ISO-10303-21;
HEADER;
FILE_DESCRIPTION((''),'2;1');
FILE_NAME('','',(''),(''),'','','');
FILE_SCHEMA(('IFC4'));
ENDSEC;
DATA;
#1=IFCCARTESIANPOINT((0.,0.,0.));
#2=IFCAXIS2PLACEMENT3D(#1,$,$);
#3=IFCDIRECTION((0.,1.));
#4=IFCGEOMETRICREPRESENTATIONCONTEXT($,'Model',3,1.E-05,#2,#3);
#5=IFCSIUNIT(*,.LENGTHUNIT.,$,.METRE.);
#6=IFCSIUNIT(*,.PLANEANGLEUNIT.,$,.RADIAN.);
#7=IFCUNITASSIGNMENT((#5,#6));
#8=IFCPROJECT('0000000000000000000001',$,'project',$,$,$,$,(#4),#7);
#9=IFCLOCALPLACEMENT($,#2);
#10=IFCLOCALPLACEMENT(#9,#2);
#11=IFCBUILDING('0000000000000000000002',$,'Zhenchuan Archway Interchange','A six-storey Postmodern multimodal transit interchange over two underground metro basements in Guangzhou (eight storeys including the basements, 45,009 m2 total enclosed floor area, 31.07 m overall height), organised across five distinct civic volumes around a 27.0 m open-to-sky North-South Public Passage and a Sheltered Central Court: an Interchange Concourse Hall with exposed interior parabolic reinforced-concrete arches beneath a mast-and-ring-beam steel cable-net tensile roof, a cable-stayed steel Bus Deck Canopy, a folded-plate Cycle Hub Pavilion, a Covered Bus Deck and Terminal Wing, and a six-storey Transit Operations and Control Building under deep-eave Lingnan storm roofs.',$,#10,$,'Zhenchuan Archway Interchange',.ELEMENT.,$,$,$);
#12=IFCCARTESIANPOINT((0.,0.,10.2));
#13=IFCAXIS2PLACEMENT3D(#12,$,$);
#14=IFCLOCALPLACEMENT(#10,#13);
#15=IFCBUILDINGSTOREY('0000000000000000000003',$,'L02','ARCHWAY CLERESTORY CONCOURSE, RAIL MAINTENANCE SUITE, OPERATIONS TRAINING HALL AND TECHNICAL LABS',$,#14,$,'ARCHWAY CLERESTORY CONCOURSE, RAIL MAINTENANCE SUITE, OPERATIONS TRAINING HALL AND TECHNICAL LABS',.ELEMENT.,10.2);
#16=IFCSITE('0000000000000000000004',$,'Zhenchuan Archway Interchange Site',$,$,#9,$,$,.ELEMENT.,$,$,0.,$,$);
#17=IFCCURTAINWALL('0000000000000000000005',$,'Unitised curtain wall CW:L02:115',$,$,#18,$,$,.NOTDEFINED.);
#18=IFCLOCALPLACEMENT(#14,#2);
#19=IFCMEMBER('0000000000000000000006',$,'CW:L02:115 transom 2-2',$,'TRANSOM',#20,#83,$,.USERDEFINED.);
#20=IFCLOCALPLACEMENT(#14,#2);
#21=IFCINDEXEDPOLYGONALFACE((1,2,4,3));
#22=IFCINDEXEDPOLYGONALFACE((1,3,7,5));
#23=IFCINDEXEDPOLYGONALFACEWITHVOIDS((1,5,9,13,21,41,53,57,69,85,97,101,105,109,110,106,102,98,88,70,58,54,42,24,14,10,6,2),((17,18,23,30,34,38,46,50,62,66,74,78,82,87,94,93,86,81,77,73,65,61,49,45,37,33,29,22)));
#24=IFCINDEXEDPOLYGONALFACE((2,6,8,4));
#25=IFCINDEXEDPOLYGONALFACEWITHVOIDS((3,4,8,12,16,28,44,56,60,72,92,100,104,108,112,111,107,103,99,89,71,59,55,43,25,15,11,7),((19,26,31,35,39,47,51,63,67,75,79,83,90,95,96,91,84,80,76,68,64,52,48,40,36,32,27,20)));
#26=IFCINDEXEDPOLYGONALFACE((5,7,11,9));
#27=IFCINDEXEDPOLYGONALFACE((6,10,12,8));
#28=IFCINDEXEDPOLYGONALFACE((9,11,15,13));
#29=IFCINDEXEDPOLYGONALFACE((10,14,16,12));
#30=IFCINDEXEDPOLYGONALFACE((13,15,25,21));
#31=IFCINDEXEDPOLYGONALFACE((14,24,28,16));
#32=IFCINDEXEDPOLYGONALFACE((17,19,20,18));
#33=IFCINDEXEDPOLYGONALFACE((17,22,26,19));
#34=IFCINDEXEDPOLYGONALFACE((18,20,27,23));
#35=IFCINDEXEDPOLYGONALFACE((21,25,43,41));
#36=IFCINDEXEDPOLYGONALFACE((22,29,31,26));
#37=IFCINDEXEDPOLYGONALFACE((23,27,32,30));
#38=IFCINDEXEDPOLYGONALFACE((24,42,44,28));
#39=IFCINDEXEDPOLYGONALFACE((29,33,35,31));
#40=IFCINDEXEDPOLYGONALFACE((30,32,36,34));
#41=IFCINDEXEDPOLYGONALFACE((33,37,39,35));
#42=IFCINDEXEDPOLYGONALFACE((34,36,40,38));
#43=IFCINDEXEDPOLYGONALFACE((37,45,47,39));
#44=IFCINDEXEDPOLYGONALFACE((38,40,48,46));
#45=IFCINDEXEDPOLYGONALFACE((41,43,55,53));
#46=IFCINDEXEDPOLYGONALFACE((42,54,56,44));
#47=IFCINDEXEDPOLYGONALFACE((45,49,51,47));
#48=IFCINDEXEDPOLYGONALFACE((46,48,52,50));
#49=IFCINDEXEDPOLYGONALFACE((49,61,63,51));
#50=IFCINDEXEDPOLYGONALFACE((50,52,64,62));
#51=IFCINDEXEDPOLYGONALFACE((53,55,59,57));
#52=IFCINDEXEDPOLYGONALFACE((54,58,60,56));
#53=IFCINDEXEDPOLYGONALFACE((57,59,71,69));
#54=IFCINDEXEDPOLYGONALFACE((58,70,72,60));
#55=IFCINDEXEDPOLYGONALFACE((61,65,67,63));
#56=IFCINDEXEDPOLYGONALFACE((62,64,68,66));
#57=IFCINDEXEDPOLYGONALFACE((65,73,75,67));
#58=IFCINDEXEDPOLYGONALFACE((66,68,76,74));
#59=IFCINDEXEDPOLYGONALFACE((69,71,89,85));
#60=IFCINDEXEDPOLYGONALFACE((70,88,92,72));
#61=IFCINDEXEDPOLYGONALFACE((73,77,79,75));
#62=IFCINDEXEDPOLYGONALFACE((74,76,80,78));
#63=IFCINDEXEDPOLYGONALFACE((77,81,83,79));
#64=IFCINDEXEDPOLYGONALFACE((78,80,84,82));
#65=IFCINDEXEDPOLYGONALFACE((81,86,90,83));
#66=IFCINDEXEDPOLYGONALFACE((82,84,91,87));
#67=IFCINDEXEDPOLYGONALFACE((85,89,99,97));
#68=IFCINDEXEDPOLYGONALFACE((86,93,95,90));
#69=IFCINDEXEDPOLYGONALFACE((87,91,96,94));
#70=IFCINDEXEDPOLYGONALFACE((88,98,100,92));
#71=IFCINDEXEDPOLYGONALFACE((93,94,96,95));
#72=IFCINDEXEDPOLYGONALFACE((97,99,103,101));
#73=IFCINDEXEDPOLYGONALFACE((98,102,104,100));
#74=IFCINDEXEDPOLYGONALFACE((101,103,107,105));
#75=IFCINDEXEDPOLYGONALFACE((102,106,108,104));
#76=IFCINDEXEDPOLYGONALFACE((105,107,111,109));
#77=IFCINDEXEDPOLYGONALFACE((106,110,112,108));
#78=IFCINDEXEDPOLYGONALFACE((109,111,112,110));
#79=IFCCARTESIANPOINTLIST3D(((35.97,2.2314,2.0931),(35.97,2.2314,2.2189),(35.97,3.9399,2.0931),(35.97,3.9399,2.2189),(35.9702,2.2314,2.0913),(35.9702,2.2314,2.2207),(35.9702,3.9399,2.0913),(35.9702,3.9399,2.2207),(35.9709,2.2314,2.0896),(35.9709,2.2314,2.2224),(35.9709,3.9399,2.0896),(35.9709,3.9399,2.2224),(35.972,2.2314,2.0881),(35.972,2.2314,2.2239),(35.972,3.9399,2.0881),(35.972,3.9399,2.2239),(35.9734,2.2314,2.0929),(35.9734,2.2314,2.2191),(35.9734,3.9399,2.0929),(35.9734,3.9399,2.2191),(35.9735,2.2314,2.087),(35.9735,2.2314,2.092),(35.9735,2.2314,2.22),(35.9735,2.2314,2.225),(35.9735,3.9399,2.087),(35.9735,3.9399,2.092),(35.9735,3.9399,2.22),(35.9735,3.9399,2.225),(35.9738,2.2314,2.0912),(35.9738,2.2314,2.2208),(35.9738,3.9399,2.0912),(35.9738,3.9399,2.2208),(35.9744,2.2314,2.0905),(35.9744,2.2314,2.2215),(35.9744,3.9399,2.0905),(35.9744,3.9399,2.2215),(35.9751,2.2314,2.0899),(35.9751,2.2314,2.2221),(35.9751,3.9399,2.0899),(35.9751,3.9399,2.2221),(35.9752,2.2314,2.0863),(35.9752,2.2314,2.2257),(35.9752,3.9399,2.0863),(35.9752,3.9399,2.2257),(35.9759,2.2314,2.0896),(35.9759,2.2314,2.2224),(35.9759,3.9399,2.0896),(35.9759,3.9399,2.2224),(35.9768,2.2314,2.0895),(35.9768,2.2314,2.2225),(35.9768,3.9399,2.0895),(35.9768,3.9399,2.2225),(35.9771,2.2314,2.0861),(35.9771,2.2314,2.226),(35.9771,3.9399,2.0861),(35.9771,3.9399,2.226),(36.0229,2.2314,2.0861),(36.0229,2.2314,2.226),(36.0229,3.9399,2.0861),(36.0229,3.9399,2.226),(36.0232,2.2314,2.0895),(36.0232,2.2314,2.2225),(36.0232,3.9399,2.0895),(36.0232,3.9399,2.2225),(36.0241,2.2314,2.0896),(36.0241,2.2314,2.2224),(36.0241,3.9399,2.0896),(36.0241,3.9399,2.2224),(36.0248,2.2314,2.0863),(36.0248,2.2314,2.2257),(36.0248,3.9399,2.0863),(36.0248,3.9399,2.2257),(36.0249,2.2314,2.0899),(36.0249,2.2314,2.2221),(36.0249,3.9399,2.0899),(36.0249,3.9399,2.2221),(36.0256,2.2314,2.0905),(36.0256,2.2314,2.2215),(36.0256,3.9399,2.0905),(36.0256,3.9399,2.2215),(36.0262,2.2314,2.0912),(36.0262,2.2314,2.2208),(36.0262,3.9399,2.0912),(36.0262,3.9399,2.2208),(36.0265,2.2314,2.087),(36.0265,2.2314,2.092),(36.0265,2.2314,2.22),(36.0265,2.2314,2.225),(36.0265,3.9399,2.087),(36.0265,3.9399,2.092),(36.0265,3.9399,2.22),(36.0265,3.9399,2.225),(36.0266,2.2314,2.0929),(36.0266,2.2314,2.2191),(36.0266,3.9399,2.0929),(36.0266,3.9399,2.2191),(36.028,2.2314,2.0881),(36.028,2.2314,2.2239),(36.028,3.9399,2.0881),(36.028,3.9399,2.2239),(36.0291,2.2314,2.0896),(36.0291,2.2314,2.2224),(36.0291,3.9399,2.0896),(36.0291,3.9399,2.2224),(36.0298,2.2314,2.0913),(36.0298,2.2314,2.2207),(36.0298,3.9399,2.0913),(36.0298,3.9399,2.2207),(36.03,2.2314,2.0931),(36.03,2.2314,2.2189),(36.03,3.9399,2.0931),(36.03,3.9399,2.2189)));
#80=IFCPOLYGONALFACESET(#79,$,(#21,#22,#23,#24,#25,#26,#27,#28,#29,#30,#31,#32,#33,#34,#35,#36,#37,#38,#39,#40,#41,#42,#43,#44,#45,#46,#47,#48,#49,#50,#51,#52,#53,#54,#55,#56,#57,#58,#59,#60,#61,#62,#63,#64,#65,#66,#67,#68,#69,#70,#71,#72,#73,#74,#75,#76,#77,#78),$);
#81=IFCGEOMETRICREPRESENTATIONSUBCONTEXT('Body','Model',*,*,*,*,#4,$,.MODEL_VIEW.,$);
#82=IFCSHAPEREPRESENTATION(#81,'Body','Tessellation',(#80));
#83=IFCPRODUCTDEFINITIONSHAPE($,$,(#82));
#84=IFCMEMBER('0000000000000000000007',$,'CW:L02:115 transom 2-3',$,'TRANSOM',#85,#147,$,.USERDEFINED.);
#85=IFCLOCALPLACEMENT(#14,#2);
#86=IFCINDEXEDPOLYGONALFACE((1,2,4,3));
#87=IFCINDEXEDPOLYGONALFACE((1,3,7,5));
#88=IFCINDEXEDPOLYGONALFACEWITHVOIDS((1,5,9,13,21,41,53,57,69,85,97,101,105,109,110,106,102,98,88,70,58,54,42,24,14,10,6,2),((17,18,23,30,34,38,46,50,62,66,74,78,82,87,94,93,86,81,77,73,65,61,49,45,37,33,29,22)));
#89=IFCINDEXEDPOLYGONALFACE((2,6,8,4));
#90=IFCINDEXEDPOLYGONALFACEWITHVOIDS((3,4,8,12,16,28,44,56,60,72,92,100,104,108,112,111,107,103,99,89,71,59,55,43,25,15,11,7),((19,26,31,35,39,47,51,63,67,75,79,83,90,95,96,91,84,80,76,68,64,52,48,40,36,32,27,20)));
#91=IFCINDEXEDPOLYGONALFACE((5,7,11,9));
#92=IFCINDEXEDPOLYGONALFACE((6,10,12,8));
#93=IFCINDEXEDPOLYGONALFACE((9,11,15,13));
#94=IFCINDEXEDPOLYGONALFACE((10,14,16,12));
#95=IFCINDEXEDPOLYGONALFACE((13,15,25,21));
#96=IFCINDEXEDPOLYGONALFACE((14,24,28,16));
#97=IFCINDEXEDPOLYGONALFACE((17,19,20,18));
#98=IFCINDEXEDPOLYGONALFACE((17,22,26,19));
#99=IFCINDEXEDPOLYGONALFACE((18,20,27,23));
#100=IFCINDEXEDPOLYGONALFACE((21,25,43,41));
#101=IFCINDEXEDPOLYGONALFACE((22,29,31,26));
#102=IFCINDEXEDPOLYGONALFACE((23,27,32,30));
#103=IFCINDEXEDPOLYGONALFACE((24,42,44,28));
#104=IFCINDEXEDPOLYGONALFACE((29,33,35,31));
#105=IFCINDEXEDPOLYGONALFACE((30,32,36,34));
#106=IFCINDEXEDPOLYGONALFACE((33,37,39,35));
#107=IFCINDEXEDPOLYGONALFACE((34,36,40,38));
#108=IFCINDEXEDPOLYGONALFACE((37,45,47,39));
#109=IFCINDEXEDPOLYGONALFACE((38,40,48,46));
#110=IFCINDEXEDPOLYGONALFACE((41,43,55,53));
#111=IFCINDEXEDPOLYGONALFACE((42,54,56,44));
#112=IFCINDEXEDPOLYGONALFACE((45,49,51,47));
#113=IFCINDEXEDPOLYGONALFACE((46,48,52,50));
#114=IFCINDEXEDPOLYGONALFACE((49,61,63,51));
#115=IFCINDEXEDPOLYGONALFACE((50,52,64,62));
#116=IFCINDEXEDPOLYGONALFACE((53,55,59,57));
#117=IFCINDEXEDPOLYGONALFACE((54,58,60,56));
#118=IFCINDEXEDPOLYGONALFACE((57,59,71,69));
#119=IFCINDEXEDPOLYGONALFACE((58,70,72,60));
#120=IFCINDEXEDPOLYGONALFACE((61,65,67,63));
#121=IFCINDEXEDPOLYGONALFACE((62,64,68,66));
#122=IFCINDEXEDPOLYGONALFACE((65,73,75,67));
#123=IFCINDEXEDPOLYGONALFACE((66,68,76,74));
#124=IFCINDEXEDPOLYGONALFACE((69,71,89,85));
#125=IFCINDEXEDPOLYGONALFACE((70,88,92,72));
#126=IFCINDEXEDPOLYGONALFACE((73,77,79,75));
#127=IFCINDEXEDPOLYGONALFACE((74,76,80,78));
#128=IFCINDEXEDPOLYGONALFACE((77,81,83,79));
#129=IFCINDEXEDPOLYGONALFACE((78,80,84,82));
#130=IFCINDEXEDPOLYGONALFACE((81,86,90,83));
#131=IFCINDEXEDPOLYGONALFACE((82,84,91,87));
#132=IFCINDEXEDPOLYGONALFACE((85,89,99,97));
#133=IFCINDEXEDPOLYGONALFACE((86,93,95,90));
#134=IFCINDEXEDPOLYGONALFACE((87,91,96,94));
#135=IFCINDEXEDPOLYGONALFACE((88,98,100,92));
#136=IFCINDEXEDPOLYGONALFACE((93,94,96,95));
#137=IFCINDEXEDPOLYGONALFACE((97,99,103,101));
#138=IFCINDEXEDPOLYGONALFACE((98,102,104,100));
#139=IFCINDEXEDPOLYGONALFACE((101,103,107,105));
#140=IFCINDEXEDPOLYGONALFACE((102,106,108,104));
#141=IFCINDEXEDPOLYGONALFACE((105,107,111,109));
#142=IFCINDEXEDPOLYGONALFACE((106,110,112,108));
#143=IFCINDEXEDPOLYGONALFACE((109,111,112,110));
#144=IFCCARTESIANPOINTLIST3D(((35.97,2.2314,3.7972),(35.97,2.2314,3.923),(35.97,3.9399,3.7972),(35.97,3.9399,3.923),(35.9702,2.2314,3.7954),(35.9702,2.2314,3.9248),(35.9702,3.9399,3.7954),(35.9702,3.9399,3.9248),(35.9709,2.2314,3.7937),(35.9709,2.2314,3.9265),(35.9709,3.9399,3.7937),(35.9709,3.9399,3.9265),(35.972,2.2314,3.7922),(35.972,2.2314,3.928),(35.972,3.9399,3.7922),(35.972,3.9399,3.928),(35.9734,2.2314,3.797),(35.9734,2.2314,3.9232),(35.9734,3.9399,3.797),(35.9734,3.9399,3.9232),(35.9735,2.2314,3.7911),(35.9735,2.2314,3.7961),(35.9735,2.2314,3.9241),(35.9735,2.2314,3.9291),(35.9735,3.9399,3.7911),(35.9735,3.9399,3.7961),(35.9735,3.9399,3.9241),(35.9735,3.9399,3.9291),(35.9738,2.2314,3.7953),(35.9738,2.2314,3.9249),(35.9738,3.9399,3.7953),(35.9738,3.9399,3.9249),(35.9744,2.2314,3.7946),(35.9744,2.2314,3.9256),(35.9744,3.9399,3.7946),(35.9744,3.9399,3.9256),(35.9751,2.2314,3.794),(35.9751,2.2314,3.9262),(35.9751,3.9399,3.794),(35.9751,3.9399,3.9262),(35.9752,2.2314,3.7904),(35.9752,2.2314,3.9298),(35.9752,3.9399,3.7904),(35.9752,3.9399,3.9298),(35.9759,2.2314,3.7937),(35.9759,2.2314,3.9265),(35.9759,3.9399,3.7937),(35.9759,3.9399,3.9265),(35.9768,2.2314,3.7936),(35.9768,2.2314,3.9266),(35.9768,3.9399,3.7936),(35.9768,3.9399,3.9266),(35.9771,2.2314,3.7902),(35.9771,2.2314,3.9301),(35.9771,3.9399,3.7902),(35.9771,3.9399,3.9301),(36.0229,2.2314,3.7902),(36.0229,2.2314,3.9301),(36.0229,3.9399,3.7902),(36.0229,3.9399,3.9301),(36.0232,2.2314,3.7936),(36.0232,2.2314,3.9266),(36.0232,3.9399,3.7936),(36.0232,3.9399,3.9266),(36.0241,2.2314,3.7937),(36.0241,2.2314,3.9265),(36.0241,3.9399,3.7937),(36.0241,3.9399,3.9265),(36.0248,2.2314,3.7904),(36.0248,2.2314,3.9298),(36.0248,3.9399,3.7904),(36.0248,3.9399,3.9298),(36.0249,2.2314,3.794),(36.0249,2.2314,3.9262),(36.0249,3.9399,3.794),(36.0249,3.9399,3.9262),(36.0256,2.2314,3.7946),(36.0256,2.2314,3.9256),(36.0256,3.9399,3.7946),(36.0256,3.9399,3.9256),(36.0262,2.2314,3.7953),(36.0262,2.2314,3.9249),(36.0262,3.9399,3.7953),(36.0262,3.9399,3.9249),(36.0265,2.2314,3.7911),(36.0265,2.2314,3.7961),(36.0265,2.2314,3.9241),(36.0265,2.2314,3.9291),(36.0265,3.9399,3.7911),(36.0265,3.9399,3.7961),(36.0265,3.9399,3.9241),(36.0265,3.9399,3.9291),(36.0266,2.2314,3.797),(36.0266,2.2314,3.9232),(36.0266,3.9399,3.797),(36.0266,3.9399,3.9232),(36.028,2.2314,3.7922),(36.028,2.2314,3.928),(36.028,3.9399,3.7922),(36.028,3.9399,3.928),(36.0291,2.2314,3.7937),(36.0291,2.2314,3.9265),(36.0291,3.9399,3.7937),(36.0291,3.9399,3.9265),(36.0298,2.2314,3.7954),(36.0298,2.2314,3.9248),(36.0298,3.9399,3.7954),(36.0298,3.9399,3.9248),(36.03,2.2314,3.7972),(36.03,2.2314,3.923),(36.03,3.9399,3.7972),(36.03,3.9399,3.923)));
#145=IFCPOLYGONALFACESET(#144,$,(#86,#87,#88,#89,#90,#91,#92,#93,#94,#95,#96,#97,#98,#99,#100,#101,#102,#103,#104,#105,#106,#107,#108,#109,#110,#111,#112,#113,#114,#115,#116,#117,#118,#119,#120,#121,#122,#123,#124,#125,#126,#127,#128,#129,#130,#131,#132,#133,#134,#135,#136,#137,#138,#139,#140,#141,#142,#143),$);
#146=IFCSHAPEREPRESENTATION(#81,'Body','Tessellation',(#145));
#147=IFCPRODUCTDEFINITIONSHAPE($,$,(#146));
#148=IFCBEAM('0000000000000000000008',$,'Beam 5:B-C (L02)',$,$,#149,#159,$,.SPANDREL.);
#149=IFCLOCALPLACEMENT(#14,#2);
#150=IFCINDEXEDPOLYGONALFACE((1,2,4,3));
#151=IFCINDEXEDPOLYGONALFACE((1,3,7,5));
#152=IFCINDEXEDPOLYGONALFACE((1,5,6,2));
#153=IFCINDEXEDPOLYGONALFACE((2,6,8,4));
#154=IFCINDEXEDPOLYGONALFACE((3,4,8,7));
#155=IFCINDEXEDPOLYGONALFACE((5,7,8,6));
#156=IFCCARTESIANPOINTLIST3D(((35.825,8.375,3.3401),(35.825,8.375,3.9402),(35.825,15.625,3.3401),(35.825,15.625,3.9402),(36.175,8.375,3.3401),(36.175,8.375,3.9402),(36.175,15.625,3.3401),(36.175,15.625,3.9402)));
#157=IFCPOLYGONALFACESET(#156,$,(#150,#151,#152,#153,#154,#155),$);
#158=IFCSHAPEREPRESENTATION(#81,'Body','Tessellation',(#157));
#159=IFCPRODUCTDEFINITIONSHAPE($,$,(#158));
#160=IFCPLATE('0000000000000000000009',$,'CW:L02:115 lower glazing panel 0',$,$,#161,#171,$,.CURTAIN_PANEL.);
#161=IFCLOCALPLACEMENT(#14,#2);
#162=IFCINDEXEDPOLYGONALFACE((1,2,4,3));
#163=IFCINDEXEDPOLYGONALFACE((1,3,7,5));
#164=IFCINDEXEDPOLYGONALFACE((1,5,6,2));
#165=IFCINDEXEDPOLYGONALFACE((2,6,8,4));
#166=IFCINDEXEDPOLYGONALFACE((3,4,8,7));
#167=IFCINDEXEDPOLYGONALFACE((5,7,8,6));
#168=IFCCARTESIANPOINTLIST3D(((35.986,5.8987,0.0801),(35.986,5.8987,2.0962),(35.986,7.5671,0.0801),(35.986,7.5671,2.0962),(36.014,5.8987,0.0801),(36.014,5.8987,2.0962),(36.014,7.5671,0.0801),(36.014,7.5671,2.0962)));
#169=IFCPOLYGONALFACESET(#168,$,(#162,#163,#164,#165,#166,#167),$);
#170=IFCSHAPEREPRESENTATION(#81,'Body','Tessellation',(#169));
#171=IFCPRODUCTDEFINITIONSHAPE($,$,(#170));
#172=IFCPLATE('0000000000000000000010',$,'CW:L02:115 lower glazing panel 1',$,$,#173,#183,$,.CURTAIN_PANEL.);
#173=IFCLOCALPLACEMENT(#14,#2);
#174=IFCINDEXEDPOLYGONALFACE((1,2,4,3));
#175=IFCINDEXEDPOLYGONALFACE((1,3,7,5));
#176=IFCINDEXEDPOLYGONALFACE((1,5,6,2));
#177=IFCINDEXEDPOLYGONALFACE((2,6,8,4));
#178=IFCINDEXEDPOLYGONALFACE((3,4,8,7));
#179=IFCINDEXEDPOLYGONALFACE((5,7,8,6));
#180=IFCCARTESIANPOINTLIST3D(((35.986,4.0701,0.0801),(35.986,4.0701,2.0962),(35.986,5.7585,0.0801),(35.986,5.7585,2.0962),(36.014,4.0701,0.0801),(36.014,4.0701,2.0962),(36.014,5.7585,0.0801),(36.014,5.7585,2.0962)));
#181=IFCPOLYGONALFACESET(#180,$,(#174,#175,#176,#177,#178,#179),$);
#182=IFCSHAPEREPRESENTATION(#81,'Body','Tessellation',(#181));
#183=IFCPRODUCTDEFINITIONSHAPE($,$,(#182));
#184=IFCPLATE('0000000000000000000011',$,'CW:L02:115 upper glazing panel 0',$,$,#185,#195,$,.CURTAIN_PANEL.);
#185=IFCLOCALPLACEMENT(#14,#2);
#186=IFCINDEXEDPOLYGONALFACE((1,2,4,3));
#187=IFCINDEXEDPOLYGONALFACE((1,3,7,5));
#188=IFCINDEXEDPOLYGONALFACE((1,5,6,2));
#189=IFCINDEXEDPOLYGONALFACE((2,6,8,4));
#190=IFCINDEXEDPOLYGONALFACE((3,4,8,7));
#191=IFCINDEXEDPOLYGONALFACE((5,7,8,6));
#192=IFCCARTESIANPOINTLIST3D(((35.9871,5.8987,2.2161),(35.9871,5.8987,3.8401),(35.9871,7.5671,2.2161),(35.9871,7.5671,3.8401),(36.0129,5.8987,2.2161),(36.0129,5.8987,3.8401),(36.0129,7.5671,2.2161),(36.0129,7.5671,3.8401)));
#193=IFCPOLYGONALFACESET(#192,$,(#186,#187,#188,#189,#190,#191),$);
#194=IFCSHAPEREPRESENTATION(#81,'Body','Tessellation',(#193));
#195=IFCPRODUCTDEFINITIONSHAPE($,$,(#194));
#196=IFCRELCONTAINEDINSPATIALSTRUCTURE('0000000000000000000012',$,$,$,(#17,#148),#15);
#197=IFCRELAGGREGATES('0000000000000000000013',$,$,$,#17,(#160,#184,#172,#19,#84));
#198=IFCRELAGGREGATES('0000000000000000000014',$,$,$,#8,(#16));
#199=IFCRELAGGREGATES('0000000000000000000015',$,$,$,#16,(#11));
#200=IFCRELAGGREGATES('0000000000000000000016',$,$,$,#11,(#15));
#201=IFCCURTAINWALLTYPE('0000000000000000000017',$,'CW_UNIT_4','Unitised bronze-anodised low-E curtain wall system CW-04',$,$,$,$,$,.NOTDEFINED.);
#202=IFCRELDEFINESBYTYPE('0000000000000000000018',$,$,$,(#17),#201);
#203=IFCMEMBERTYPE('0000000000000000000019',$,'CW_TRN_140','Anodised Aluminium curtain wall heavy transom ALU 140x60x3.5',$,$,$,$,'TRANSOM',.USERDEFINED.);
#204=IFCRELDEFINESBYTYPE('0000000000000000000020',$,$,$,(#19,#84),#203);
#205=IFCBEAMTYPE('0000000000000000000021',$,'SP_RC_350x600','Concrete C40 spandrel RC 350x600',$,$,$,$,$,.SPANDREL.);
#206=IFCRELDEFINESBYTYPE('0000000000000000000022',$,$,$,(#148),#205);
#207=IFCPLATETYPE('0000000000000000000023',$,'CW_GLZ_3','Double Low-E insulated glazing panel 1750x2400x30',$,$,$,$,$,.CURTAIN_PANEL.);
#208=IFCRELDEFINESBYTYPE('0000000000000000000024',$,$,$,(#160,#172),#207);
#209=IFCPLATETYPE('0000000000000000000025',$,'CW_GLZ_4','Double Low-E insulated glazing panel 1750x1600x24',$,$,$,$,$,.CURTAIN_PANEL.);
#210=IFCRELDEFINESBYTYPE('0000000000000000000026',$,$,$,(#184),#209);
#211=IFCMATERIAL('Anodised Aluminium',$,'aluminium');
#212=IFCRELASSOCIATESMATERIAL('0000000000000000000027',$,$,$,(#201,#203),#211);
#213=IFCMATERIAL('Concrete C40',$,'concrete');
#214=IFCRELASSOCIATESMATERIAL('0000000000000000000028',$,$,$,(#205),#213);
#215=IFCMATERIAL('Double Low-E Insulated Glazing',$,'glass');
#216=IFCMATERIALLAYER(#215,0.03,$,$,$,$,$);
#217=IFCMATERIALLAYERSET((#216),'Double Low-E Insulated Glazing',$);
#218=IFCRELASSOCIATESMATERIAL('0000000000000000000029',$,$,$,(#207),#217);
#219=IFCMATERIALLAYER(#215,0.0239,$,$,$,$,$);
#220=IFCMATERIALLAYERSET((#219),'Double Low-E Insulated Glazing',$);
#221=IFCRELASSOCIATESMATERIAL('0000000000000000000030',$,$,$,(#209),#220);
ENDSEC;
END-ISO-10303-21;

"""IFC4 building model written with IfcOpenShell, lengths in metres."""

from ifc_helpers import new_model, si_unit, direction, frame, origin, origin_2d, place, context, subcontext, project, spatial, rectangle, hollow_rectangle, extrude, material, layer, layer_set, material_profile, profile_set, type_object, element, aggregate, save


model = new_model("IFC4")

# Units and contexts
model_context = context("Model", 3, precision=1e-05, world=origin(), true_north=direction((0.0, 1.0)))
body_context = subcontext(model_context, "Body", "Model", "MODEL_VIEW")
ifc_project = project(units=[si_unit("LENGTHUNIT", "METRE"), si_unit("PLANEANGLEUNIT", "RADIAN")], contexts=[model_context])

# Site, building, storey
site_placement = place(None, origin())
site = spatial("IfcSite", under=ifc_project, at=site_placement, Name="Zhenchuan Archway Interchange Site", CompositionType="ELEMENT", RefElevation=0.0)
building_placement = place(site_placement, origin())
building = spatial("IfcBuilding", under=site, at=building_placement, Name="Zhenchuan Archway Interchange", Description="A six-storey Postmodern multimodal transit interchange over two underground metro basements in Guangzhou (eight storeys including the basements, 45,009 m2 total enclosed floor area, 31.07 m overall height), organised across five distinct civic volumes around a 27.0 m open-to-sky North-South Public Passage and a Sheltered Central Court: an Interchange Concourse Hall with exposed interior parabolic reinforced-concrete arches beneath a mast-and-ring-beam steel cable-net tensile roof, a cable-stayed steel Bus Deck Canopy, a folded-plate Cycle Hub Pavilion, a Covered Bus Deck and Terminal Wing, and a six-storey Transit Operations and Control Building under deep-eave Lingnan storm roofs.", LongName="Zhenchuan Archway Interchange", CompositionType="ELEMENT")
storey_placement = place(building_placement, frame((0.0, 0.0, 10.2)))
storey = spatial("IfcBuildingStorey", under=building, at=storey_placement, Name="L02", Description="ARCHWAY CLERESTORY CONCOURSE, RAIL MAINTENANCE SUITE, OPERATIONS TRAINING HALL AND TECHNICAL LABS", LongName="ARCHWAY CLERESTORY CONCOURSE, RAIL MAINTENANCE SUITE, OPERATIONS TRAINING HALL AND TECHNICAL LABS", CompositionType="ELEMENT", Elevation=10.2)

# Shared definitions
ifc_material_1 = material(Name="Concrete C40", Category="concrete")

# Curtain wall, members
ifc_material_2 = material(Name="Anodised Aluminium", Category="aluminium")
curtain_wall_type = type_object("IfcCurtainWallType", Name="CW_UNIT_4", Description="Unitised bronze-anodised low-E curtain wall system CW-04", PredefinedType="NOTDEFINED", material=ifc_material_2)
curtain_wall_placement = place(storey_placement, origin())
curtain_wall = element("IfcCurtainWall", 1, at=curtain_wall_placement, inside=storey, type_object=curtain_wall_type, Name="Unitised curtain wall CW:L02:115", PredefinedType="NOTDEFINED")
ifc_material_profile_1 = material_profile(ifc_material_2, hollow_rectangle(XDim=0.0601, YDim=0.1399, WallThickness=0.0034, InnerFilletRadius=0.0034, OuterFilletRadius=0.0071, at=origin_2d()), Name="ALU 140x60x3.5")
ifc_profile_set_1 = profile_set([ifc_material_profile_1], Name="Anodised Aluminium")
member_type_1 = type_object("IfcMemberType", Name="CW_TRN_140", Description="Anodised Aluminium curtain wall heavy transom ALU 140x60x3.5", ElementType="TRANSOM", PredefinedType="USERDEFINED", material=ifc_profile_set_1)
member_1_placement = place(storey_placement, frame((36.0, 3.9399, 2.156), z_axis=(0.0, -1.0, 0.0), x_axis=(1.0, 0.0, 0.0)))
member_1 = element("IfcMember", 2, at=member_1_placement, type_object=member_type_1, Name="CW:L02:115 transom 2-2", ObjectType="TRANSOM", PredefinedType="USERDEFINED", context=body_context, shape_type="SweptSolid", body=[
    extrude(hollow_rectangle(XDim=0.0601, YDim=0.1399, WallThickness=0.0034, InnerFilletRadius=0.0034, OuterFilletRadius=0.0071, at=origin_2d()), origin(), (0.0, 0.0, 1.0), 1.7085),
])
member_2_placement = place(storey_placement, frame((36.0, 3.9399, 3.8601), z_axis=(0.0, -1.0, 0.0), x_axis=(1.0, 0.0, 0.0)))
member_2 = element("IfcMember", 3, at=member_2_placement, type_object=member_type_1, Name="CW:L02:115 transom 2-3", ObjectType="TRANSOM", PredefinedType="USERDEFINED", context=body_context, shape_type="SweptSolid", body=[
    extrude(hollow_rectangle(XDim=0.0601, YDim=0.1399, WallThickness=0.0034, InnerFilletRadius=0.0034, OuterFilletRadius=0.0071, at=origin_2d()), origin(), (0.0, 0.0, 1.0), 1.7085),
])

# Beam
ifc_material_profile_2 = material_profile(ifc_material_1, rectangle(XDim=0.3501, YDim=0.6001, at=origin_2d()), Name="RC 350x600")
ifc_profile_set_2 = profile_set([ifc_material_profile_2], Name="Concrete C40")
beam_type = type_object("IfcBeamType", Name="SP_RC_350x600", Description="Concrete C40 spandrel RC 350x600", PredefinedType="SPANDREL", material=ifc_profile_set_2)
beam_placement = place(storey_placement, frame((36.0, 8.375, 3.6401), z_axis=(0.0, 1.0, 0.0), x_axis=(-1.0, 0.0, 0.0)))
element("IfcBeam", 4, at=beam_placement, inside=storey, type_object=beam_type, Name="Beam 5:B-C (L02)", PredefinedType="SPANDREL", context=body_context, shape_type="SweptSolid", body=[
    extrude(rectangle(XDim=0.3501, YDim=0.6001, at=origin_2d()), origin(), (0.0, 0.0, 1.0), 7.25),
])

# Plates
ifc_material_3 = material(Name="Double Low-E Insulated Glazing", Category="glass")
ifc_layer_1 = layer(ifc_material_3, 0.03)
ifc_layer_set_1 = layer_set([ifc_layer_1], Name="Double Low-E Insulated Glazing")
plate_type_1 = type_object("IfcPlateType", Name="CW_GLZ_3", Description="Double Low-E insulated glazing panel 1750x2400x30", PredefinedType="CURTAIN_PANEL", material=ifc_layer_set_1)
plate_1_placement = place(storey_placement, frame((36.0, 6.7329, 0.0801), z_axis=(0.0, 0.0, 1.0), x_axis=(0.0, -1.0, 0.0)))
plate_1 = element("IfcPlate", 5, at=plate_1_placement, type_object=plate_type_1, Name="CW:L02:115 lower glazing panel 0", PredefinedType="CURTAIN_PANEL", context=body_context, shape_type="SweptSolid", body=[
    extrude(rectangle(XDim=1.6685, YDim=0.0281, at=origin_2d()), origin(), (0.0, 0.0, 1.0), 2.0161),
])
plate_2_placement = place(storey_placement, frame((36.0, 4.9143, 0.0801), z_axis=(0.0, 0.0, 1.0), x_axis=(0.0, -1.0, 0.0)))
plate_2 = element("IfcPlate", 6, at=plate_2_placement, type_object=plate_type_1, Name="CW:L02:115 lower glazing panel 1", PredefinedType="CURTAIN_PANEL", context=body_context, shape_type="SweptSolid", body=[
    extrude(rectangle(XDim=1.6885, YDim=0.0281, at=origin_2d()), origin(), (0.0, 0.0, 1.0), 2.0161),
])
ifc_layer_2 = layer(ifc_material_3, 0.0239)
ifc_layer_set_2 = layer_set([ifc_layer_2], Name="Double Low-E Insulated Glazing")
plate_type_2 = type_object("IfcPlateType", Name="CW_GLZ_4", Description="Double Low-E insulated glazing panel 1750x1600x24", PredefinedType="CURTAIN_PANEL", material=ifc_layer_set_2)
plate_3_placement = place(storey_placement, frame((36.0, 6.7329, 2.2161), z_axis=(0.0, 0.0, 1.0), x_axis=(0.0, -1.0, 0.0)))
plate_3 = element("IfcPlate", 7, at=plate_3_placement, type_object=plate_type_2, Name="CW:L02:115 upper glazing panel 0", PredefinedType="CURTAIN_PANEL", context=body_context, shape_type="SweptSolid", body=[
    extrude(rectangle(XDim=1.6685, YDim=0.0259, at=origin_2d()), origin(), (0.0, 0.0, 1.0), 1.624),
])
aggregate(curtain_wall, [plate_1, plate_3, plate_2, member_1, member_2])

save(model, "model.ifc")
